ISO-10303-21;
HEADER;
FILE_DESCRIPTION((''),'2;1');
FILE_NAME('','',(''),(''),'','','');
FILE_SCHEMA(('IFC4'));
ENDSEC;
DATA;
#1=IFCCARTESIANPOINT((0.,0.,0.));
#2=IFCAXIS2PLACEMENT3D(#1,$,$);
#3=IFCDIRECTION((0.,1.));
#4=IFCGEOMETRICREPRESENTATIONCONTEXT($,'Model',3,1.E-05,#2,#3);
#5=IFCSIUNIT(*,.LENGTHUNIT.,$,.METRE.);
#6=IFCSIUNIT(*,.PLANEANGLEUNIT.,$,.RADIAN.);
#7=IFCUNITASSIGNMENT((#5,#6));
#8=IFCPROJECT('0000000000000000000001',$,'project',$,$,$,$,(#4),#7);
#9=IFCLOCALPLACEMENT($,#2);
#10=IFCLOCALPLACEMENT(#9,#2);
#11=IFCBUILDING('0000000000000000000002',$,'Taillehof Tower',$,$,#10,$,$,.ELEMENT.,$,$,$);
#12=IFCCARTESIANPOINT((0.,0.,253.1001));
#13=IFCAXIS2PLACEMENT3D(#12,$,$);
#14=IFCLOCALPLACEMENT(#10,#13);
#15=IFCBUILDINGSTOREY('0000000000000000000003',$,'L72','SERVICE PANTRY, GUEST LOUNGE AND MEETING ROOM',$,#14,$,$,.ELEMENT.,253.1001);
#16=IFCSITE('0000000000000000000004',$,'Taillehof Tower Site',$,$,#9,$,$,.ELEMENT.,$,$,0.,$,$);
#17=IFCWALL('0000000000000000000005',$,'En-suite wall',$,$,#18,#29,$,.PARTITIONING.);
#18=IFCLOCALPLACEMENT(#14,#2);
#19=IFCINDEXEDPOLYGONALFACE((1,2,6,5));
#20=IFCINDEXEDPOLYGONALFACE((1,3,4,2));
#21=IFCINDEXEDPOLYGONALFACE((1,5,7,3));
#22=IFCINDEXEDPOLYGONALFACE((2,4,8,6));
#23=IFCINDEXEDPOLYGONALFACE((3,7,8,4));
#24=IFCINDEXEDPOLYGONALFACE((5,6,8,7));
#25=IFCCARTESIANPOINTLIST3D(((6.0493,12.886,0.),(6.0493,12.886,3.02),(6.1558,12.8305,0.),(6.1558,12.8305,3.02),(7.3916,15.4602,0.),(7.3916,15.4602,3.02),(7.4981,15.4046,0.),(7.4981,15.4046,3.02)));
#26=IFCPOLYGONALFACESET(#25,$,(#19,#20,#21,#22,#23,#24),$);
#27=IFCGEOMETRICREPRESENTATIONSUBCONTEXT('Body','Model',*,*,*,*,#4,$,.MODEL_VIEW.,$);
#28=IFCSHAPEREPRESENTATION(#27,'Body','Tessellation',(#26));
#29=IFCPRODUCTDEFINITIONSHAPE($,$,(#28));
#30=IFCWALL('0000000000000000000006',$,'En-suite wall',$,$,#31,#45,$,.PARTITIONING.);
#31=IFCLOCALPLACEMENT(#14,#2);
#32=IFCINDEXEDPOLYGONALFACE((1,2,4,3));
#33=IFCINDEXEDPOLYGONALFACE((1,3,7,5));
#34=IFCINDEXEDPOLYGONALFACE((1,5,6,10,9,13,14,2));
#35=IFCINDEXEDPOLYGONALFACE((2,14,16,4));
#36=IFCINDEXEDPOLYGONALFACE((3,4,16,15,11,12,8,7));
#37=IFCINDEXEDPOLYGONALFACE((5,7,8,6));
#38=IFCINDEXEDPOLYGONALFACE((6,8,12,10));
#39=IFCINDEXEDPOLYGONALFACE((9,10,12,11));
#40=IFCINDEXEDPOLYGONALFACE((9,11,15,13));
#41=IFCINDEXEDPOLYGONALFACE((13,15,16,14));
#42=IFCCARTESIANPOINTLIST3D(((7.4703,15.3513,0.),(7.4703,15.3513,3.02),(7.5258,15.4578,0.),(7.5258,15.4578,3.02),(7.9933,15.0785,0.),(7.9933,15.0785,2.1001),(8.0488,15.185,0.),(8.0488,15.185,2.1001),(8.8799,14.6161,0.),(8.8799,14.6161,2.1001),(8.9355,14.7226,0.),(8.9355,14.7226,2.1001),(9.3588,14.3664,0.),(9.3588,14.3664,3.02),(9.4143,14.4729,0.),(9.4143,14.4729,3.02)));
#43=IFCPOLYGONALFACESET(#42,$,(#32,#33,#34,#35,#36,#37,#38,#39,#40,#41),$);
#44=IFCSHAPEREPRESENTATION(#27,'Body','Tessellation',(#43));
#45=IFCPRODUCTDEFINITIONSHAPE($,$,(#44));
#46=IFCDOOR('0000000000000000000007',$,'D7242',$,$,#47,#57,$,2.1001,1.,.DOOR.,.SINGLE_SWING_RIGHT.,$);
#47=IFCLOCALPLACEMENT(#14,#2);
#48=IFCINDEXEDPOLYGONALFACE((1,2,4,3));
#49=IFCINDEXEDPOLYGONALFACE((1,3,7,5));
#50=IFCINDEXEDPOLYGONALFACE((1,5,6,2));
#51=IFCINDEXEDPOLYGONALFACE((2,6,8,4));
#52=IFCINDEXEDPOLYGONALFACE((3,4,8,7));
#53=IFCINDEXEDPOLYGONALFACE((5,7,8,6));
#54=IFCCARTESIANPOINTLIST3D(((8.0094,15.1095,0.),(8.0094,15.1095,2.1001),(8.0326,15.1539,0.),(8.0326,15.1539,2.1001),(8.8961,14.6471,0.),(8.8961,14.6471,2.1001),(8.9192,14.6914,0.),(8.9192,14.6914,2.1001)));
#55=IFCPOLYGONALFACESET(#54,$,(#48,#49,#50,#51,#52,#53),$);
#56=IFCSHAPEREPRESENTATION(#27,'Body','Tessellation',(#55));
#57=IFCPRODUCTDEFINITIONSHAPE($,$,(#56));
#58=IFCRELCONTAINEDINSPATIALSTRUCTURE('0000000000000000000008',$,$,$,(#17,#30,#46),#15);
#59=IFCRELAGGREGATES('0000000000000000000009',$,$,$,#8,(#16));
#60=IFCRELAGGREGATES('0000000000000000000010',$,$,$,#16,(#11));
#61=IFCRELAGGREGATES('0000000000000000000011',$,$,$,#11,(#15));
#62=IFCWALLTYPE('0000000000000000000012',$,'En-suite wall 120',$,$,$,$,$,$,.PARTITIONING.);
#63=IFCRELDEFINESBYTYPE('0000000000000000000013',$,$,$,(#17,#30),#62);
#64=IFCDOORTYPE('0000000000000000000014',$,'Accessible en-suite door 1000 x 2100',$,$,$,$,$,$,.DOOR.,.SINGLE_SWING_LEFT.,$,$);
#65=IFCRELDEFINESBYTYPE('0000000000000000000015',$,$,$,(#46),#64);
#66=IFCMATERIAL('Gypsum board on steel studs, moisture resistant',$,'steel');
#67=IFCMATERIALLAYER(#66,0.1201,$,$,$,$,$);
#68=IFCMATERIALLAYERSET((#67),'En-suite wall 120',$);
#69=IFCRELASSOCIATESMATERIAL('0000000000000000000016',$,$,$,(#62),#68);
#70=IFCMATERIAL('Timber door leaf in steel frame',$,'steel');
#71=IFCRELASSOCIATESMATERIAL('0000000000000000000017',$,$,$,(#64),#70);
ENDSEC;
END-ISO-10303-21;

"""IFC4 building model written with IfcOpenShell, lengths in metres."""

from ifc_helpers import new_model, si_unit, direction, frame, frame_2d, origin, place, context, subcontext, project, spatial, rectangle, extrude, material, layer, layer_set, type_object, element, fill, save


model = new_model("IFC4")

# Units and contexts
model_context = context("Model", 3, precision=1e-05, world=origin(), true_north=direction((0.0, 1.0)))
body_context = subcontext(model_context, "Body", "Model", "MODEL_VIEW")
ifc_project = project(units=[si_unit("LENGTHUNIT", "METRE"), si_unit("PLANEANGLEUNIT", "RADIAN")], contexts=[model_context])

# Site, building, storey
site_placement = place(None, origin())
site = spatial("IfcSite", under=ifc_project, at=site_placement, Name="Taillehof Tower Site", CompositionType="ELEMENT", RefElevation=0.0)
building_placement = place(site_placement, origin())
building = spatial("IfcBuilding", under=site, at=building_placement, Name="Taillehof Tower", CompositionType="ELEMENT")
storey_placement = place(building_placement, frame((0.0, 0.0, 253.1001)))
storey = spatial("IfcBuildingStorey", under=building, at=storey_placement, Name="L72", Description="SERVICE PANTRY, GUEST LOUNGE AND MEETING ROOM", CompositionType="ELEMENT", Elevation=253.1001)

# Wall
ifc_material_1 = material(Name="Gypsum board on steel studs, moisture resistant", Category="steel")
ifc_layer_1 = layer(ifc_material_1, 0.1201)
ifc_layer_set_1 = layer_set([ifc_layer_1], Name="En-suite wall 120")
wall_type_1 = type_object("IfcWallType", Name="En-suite wall 120", PredefinedType="PARTITIONING", material=ifc_layer_set_1)
wall_1_placement = place(storey_placement, frame((6.1025, 12.8582, 0.0), z_axis=(0.0, 0.0, 1.0), x_axis=(0.462353, 0.886696, 0.0)))
element("IfcWall", 1, at=wall_1_placement, inside=storey, type_object=wall_type_1, Name="En-suite wall", PredefinedType="PARTITIONING", context=body_context, shape_type="SweptSolid", body=[
    extrude(rectangle(XDim=2.9031, YDim=0.1201, at=frame_2d((1.4517, 0.0))), origin(), (0.0, 0.0, 1.0), 3.02),
])

# Wall, opening, door
wall_2_placement = place(storey_placement, frame((7.498, 15.4045, 0.0), z_axis=(0.0, 0.0, 1.0), x_axis=(0.886663, -0.462417, 0.0)))
wall_2 = element("IfcWall", 2, at=wall_2_placement, inside=storey, type_object=wall_type_1, Name="En-suite wall", PredefinedType="PARTITIONING", context=body_context, shape_type="SweptSolid", body=[
    extrude(rectangle(XDim=2.1299, YDim=0.1201, at=frame_2d((1.0649, 0.0))), origin(), (0.0, 0.0, 1.0), 3.02),
])
opening_1_placement = place(wall_2_placement, frame((0.5898, 0.0, 0.0)))
opening_1 = element("IfcOpeningElement", 3, at=opening_1_placement, cuts=wall_2, PredefinedType="OPENING", context=body_context, shape_type="SweptSolid", body=[
    extrude(rectangle(XDim=1.0, YDim=2.1001, at=frame_2d((0.5, 1.05))), frame((0.0, 0.0701, 0.0), z_axis=(0.0, -1.0, 0.0), x_axis=(1.0, 0.0, 0.0)), (0.0, 0.0, 1.0), 0.1401),
])
ifc_material_2 = material(Name="Timber door leaf in steel frame", Category="steel")
door_type_1 = type_object("IfcDoorType", Name="Accessible en-suite door 1000 x 2100", OperationType="SINGLE_SWING_LEFT", PredefinedType="DOOR", material=ifc_material_2)
door_1_placement = place(opening_1_placement, origin())
door_1 = element("IfcDoor", 4, at=door_1_placement, inside=storey, type_object=door_type_1, Name="D7242", OperationType="SINGLE_SWING_RIGHT", OverallHeight=2.1001, OverallWidth=1.0, PredefinedType="DOOR", context=body_context, shape_type="SweptSolid", body=[
    extrude(rectangle(XDim=1.0, YDim=2.1001, at=frame_2d((0.5, 1.05))), frame((0.0, 0.0249, 0.0), z_axis=(0.0, -1.0, 0.0), x_axis=(1.0, 0.0, 0.0)), (0.0, 0.0, 1.0), 0.05),
])
fill(opening_1, door_1)

save(model, "model.ifc")
